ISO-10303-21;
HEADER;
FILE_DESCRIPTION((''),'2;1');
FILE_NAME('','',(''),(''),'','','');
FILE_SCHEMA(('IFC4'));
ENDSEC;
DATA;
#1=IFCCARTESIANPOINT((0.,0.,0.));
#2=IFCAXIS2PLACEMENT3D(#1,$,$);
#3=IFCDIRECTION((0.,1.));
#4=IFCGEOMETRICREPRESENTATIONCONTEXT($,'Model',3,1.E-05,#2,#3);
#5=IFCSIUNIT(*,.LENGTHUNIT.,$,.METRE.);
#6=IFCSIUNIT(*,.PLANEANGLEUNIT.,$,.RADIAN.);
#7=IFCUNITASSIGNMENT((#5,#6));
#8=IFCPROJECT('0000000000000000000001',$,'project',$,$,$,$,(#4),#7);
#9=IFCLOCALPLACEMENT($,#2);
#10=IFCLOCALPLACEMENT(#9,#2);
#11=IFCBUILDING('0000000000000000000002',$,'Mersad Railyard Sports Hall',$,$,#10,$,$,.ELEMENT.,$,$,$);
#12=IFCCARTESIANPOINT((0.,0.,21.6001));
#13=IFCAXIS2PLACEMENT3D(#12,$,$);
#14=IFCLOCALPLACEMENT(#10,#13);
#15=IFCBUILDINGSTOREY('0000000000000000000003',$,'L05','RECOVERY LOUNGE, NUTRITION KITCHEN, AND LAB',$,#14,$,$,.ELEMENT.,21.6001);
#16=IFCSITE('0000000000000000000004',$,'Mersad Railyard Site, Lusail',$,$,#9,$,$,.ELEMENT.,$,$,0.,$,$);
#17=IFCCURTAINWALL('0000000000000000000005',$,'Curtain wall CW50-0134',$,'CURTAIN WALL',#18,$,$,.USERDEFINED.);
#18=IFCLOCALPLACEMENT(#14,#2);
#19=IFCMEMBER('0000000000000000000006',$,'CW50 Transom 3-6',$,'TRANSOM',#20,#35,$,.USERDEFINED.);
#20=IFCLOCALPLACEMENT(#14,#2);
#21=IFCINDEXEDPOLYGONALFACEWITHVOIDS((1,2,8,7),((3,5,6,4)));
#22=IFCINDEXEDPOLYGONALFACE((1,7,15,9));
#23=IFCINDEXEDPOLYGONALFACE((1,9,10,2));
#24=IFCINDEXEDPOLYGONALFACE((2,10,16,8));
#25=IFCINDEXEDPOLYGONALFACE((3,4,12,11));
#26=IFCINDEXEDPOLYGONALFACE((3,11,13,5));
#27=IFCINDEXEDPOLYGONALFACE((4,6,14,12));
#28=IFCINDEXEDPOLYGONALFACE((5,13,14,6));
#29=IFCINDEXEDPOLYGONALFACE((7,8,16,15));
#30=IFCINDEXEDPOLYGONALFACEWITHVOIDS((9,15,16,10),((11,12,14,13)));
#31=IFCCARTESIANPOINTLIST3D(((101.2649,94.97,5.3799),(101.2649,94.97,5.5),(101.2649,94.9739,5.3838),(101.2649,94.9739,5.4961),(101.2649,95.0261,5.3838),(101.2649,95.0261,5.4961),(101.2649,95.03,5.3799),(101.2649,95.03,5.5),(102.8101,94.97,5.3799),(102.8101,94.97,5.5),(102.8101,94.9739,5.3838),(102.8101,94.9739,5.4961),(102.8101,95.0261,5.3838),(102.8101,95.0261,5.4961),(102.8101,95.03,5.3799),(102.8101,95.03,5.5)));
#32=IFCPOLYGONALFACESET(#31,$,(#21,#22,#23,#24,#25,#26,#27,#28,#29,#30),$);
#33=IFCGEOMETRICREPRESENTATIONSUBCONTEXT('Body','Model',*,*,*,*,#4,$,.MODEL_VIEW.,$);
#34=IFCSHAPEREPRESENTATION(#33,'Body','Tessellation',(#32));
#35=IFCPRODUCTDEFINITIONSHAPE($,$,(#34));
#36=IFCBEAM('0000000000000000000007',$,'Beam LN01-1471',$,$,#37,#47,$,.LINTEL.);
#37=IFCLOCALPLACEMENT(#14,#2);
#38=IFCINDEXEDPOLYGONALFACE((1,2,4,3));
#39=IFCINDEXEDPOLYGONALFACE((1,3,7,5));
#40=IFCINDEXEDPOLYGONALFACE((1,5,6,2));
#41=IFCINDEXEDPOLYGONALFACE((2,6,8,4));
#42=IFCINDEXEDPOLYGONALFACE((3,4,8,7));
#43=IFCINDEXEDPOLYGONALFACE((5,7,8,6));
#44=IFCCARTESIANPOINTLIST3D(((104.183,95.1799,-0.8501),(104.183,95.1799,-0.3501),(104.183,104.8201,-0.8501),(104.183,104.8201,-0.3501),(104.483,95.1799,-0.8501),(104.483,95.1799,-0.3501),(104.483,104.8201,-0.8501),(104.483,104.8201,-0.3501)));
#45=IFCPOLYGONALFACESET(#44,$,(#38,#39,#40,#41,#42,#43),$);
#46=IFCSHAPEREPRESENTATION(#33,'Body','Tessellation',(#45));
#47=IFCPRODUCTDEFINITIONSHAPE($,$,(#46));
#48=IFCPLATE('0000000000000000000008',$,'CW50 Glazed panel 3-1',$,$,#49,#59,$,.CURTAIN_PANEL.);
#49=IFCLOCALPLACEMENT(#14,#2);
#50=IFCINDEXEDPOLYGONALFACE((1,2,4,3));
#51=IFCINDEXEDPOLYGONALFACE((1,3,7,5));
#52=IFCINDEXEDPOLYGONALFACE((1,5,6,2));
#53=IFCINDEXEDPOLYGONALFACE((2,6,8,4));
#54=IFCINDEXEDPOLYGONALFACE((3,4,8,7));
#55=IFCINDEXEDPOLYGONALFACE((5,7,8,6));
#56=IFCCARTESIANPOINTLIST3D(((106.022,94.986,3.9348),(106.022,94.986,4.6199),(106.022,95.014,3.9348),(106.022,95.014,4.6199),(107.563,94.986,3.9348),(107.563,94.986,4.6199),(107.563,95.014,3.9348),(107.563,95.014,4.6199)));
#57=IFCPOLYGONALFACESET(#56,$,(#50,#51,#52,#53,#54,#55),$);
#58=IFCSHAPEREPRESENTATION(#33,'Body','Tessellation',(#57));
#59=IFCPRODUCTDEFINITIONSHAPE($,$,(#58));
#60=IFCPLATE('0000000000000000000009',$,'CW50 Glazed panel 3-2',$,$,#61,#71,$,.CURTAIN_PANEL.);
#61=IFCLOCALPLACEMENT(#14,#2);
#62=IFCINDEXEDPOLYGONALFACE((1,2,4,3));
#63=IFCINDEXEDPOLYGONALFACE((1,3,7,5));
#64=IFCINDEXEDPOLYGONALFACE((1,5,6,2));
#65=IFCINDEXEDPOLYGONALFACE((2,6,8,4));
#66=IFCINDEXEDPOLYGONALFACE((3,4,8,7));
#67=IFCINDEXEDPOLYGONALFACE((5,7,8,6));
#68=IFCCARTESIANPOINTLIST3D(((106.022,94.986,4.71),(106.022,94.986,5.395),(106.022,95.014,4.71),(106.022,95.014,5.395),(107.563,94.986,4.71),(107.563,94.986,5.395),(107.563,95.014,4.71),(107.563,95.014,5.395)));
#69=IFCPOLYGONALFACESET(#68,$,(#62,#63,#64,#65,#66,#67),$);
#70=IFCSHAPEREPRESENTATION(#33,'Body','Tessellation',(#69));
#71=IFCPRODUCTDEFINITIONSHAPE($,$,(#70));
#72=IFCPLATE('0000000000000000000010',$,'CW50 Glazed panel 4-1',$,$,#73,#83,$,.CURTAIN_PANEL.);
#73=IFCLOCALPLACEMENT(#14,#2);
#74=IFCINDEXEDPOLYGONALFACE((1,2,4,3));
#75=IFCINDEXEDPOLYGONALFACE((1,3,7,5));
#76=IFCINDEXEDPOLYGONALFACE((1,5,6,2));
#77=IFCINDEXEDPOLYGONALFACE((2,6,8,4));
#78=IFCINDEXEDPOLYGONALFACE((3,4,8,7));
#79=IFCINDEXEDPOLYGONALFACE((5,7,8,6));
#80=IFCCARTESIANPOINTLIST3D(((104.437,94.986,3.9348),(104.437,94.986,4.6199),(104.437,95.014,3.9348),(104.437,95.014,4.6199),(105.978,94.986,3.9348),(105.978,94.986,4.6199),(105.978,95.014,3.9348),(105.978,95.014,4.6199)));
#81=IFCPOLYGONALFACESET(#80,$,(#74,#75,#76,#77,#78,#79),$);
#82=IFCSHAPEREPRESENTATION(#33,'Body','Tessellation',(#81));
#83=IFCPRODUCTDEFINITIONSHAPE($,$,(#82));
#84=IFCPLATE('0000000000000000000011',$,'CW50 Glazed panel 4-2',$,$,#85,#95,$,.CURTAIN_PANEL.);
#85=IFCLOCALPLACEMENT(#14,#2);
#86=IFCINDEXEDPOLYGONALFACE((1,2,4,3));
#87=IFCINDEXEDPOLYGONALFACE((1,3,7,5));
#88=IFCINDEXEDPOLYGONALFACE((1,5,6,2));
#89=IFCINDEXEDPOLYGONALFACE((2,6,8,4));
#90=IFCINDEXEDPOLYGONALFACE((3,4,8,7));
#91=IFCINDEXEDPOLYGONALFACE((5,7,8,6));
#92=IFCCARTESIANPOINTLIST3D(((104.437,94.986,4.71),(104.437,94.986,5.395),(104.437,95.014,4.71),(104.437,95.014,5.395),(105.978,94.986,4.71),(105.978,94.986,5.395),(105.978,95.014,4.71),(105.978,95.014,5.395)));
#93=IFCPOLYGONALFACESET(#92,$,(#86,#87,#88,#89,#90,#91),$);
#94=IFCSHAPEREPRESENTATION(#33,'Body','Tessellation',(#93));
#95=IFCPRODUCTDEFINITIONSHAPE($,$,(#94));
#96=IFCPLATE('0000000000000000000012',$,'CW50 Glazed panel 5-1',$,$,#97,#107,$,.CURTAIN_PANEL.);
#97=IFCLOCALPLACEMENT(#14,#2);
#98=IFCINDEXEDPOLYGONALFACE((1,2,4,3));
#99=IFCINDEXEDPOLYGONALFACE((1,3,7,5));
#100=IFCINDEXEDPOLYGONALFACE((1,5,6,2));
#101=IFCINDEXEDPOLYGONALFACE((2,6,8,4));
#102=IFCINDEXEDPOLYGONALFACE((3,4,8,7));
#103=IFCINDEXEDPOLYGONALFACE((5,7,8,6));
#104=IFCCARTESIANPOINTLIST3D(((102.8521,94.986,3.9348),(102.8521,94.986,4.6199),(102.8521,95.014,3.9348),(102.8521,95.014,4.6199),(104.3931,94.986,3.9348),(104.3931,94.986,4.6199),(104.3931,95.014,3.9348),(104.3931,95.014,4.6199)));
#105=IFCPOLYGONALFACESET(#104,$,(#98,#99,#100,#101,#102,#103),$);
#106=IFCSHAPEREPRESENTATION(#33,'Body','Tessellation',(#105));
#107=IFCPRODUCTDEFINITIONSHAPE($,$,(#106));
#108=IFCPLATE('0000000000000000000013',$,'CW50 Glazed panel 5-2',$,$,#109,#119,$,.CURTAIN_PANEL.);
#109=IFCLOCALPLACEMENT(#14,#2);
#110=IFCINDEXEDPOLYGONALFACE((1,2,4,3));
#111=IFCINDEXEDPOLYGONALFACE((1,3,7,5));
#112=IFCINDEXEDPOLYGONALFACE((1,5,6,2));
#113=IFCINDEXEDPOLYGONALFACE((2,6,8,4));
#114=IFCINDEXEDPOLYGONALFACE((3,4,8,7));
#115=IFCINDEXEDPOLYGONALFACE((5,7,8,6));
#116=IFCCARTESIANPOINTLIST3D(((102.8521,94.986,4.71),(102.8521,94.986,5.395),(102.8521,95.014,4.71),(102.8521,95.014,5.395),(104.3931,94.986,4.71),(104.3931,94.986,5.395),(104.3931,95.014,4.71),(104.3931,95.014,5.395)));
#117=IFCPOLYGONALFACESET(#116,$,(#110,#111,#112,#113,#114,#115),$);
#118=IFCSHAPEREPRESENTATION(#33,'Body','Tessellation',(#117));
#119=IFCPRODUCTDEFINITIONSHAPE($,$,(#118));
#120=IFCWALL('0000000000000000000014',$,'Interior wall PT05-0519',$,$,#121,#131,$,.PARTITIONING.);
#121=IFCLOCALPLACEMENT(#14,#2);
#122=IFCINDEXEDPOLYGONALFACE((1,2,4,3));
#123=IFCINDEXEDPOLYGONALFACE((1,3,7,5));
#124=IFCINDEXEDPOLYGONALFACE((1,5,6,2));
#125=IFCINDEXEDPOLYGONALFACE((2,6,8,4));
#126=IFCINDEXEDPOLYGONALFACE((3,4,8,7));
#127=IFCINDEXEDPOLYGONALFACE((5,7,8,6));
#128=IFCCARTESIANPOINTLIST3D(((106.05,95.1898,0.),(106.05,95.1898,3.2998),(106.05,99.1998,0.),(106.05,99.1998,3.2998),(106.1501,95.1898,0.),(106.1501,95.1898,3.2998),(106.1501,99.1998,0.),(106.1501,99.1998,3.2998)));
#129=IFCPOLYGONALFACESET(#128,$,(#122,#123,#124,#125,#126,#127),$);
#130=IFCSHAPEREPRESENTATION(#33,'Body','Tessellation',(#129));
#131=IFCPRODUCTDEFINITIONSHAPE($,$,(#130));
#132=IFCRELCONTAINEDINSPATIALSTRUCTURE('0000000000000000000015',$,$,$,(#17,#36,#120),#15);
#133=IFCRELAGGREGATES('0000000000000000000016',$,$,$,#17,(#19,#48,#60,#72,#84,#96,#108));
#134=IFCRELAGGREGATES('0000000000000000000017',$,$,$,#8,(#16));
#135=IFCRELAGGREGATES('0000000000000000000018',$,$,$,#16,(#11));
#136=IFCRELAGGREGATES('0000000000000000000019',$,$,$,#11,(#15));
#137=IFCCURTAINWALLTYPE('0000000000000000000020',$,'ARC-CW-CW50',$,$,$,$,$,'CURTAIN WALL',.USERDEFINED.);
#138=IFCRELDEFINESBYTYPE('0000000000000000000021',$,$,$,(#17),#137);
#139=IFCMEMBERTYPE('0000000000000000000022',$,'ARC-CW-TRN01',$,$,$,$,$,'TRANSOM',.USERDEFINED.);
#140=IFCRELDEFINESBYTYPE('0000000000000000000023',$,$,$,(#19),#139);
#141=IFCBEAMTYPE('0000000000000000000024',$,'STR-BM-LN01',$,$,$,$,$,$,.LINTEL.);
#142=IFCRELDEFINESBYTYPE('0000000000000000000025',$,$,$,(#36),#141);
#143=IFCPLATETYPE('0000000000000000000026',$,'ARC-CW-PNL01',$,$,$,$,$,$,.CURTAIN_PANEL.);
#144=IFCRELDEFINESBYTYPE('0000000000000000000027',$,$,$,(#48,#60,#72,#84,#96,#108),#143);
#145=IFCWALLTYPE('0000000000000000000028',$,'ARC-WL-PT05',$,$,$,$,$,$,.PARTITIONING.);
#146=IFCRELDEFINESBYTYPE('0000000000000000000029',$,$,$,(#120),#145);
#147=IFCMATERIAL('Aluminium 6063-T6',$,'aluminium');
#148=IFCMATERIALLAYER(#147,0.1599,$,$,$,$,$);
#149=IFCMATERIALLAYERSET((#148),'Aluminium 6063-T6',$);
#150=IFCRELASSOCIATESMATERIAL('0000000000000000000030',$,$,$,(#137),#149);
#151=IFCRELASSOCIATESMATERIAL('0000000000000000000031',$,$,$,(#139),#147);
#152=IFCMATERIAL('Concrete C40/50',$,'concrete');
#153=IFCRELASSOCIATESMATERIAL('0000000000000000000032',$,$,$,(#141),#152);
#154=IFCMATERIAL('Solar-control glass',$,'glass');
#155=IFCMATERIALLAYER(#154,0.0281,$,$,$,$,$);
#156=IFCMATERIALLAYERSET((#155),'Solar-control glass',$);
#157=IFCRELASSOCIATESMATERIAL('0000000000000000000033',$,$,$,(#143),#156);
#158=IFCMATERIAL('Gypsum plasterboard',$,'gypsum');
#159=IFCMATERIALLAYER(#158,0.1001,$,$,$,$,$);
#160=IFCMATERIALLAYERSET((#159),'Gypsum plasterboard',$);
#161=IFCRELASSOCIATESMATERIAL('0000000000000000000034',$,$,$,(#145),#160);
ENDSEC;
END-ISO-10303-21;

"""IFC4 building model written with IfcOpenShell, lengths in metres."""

from ifc_helpers import new_model, si_unit, direction, frame, frame_2d, origin, origin_2d, place, context, subcontext, project, spatial, rectangle, hollow_rectangle, extrude, material, layer, layer_set, material_profile, profile_set, type_object, element, aggregate, save


model = new_model("IFC4")

# Units and contexts
model_context = context("Model", 3, precision=1e-05, world=origin(), true_north=direction((0.0, 1.0)))
body_context = subcontext(model_context, "Body", "Model", "MODEL_VIEW")
ifc_project = project(units=[si_unit("LENGTHUNIT", "METRE"), si_unit("PLANEANGLEUNIT", "RADIAN")], contexts=[model_context])

# Site, building, storey
site_placement = place(None, origin())
site = spatial("IfcSite", under=ifc_project, at=site_placement, Name="Mersad Railyard Site, Lusail", CompositionType="ELEMENT", RefElevation=0.0)
building_placement = place(site_placement, origin())
building = spatial("IfcBuilding", under=site, at=building_placement, Name="Mersad Railyard Sports Hall", CompositionType="ELEMENT")
storey_placement = place(building_placement, frame((0.0, 0.0, 21.6001)))
storey = spatial("IfcBuildingStorey", under=building, at=storey_placement, Name="L05", Description="RECOVERY LOUNGE, NUTRITION KITCHEN, AND LAB", CompositionType="ELEMENT", Elevation=21.6001)

# Curtain wall, member
ifc_material_1 = material(Name="Aluminium 6063-T6", Category="aluminium")
ifc_layer_1 = layer(ifc_material_1, 0.1599)
ifc_layer_set_1 = layer_set([ifc_layer_1], Name="Aluminium 6063-T6")
curtain_wall_type = type_object("IfcCurtainWallType", Name="ARC-CW-CW50", ElementType="CURTAIN WALL", PredefinedType="USERDEFINED", material=ifc_layer_set_1)
curtain_wall_placement = place(storey_placement, origin())
curtain_wall = element("IfcCurtainWall", 1, at=curtain_wall_placement, inside=storey, type_object=curtain_wall_type, Name="Curtain wall CW50-0134", ObjectType="CURTAIN WALL", PredefinedType="USERDEFINED")
ifc_material_profile_1 = material_profile(ifc_material_1, hollow_rectangle(XDim=0.0601, YDim=0.1201, WallThickness=0.0039, at=origin_2d()), Name="AL TRANSOM 60x120x4")
ifc_profile_set_1 = profile_set([ifc_material_profile_1], Name="Aluminium 6063-T6")
member_type_1 = type_object("IfcMemberType", Name="ARC-CW-TRN01", ElementType="TRANSOM", PredefinedType="USERDEFINED", material=ifc_profile_set_1)
member_1_placement = place(storey_placement, frame((102.8101, 95.0, 5.4399), z_axis=(-1.0, 0.0, 0.0), x_axis=(0.0, -1.0, 0.0)))
member_1 = element("IfcMember", 2, at=member_1_placement, type_object=member_type_1, Name="CW50 Transom 3-6", ObjectType="TRANSOM", PredefinedType="USERDEFINED", context=body_context, shape_type="SweptSolid", body=[
    extrude(hollow_rectangle(XDim=0.0601, YDim=0.1201, WallThickness=0.0039, at=origin_2d()), origin(), (0.0, 0.0, 1.0), 1.5452),
])

# Beam
ifc_material_2 = material(Name="Concrete C40/50", Category="concrete")
ifc_material_profile_2 = material_profile(ifc_material_2, rectangle(XDim=0.3, YDim=0.5, at=origin_2d()), Name="RC 300x500")
ifc_profile_set_2 = profile_set([ifc_material_profile_2], Name="Concrete C40/50")
beam_type = type_object("IfcBeamType", Name="STR-BM-LN01", PredefinedType="LINTEL", material=ifc_profile_set_2)
beam_placement = place(storey_placement, frame((104.333, 95.1799, -0.6001), z_axis=(0.0, 1.0, 0.0), x_axis=(-1.0, 0.0, 0.0)))
element("IfcBeam", 3, at=beam_placement, inside=storey, type_object=beam_type, Name="Beam LN01-1471", PredefinedType="LINTEL", context=body_context, shape_type="SweptSolid", body=[
    extrude(rectangle(XDim=0.3, YDim=0.5, at=origin_2d()), origin(), (0.0, 0.0, 1.0), 9.6401),
])

# Plates
ifc_material_3 = material(Name="Solar-control glass", Category="glass")
ifc_layer_2 = layer(ifc_material_3, 0.0281)
ifc_layer_set_2 = layer_set([ifc_layer_2], Name="Solar-control glass")
plate_type = type_object("IfcPlateType", Name="ARC-CW-PNL01", PredefinedType="CURTAIN_PANEL", material=ifc_layer_set_2)
plate_1_placement = place(storey_placement, frame((106.7925, 95.0, 3.9348), z_axis=(0.0, 0.0, 1.0), x_axis=(-1.0, 0.0, 0.0)))
plate_1 = element("IfcPlate", 4, at=plate_1_placement, type_object=plate_type, Name="CW50 Glazed panel 3-1", PredefinedType="CURTAIN_PANEL", context=body_context, shape_type="SweptSolid", body=[
    extrude(rectangle(XDim=1.541, YDim=0.0281, at=origin_2d()), origin(), (0.0, 0.0, 1.0), 0.6851),
])
plate_2_placement = place(storey_placement, frame((106.7925, 95.0, 4.71), z_axis=(0.0, 0.0, 1.0), x_axis=(-1.0, 0.0, 0.0)))
plate_2 = element("IfcPlate", 5, at=plate_2_placement, type_object=plate_type, Name="CW50 Glazed panel 3-2", PredefinedType="CURTAIN_PANEL", context=body_context, shape_type="SweptSolid", body=[
    extrude(rectangle(XDim=1.541, YDim=0.0281, at=origin_2d()), origin(), (0.0, 0.0, 1.0), 0.6851),
])
plate_3_placement = place(storey_placement, frame((105.2075, 95.0, 3.9348), z_axis=(0.0, 0.0, 1.0), x_axis=(-1.0, 0.0, 0.0)))
plate_3 = element("IfcPlate", 6, at=plate_3_placement, type_object=plate_type, Name="CW50 Glazed panel 4-1", PredefinedType="CURTAIN_PANEL", context=body_context, shape_type="SweptSolid", body=[
    extrude(rectangle(XDim=1.541, YDim=0.0281, at=origin_2d()), origin(), (0.0, 0.0, 1.0), 0.6851),
])
plate_4_placement = place(storey_placement, frame((105.2075, 95.0, 4.71), z_axis=(0.0, 0.0, 1.0), x_axis=(-1.0, 0.0, 0.0)))
plate_4 = element("IfcPlate", 7, at=plate_4_placement, type_object=plate_type, Name="CW50 Glazed panel 4-2", PredefinedType="CURTAIN_PANEL", context=body_context, shape_type="SweptSolid", body=[
    extrude(rectangle(XDim=1.541, YDim=0.0281, at=origin_2d()), origin(), (0.0, 0.0, 1.0), 0.6851),
])
plate_5_placement = place(storey_placement, frame((103.6226, 95.0, 3.9348), z_axis=(0.0, 0.0, 1.0), x_axis=(-1.0, 0.0, 0.0)))
plate_5 = element("IfcPlate", 8, at=plate_5_placement, type_object=plate_type, Name="CW50 Glazed panel 5-1", PredefinedType="CURTAIN_PANEL", context=body_context, shape_type="SweptSolid", body=[
    extrude(rectangle(XDim=1.541, YDim=0.0281, at=origin_2d()), origin(), (0.0, 0.0, 1.0), 0.6851),
])
plate_6_placement = place(storey_placement, frame((103.6226, 95.0, 4.71), z_axis=(0.0, 0.0, 1.0), x_axis=(-1.0, 0.0, 0.0)))
plate_6 = element("IfcPlate", 9, at=plate_6_placement, type_object=plate_type, Name="CW50 Glazed panel 5-2", PredefinedType="CURTAIN_PANEL", context=body_context, shape_type="SweptSolid", body=[
    extrude(rectangle(XDim=1.541, YDim=0.0281, at=origin_2d()), origin(), (0.0, 0.0, 1.0), 0.6851),
])
aggregate(curtain_wall, [member_1, plate_1, plate_2, plate_3, plate_4, plate_5, plate_6])

# Wall
ifc_material_4 = material(Name="Gypsum plasterboard", Category="gypsum")
ifc_layer_3 = layer(ifc_material_4, 0.1001)
ifc_layer_set_3 = layer_set([ifc_layer_3], Name="Gypsum plasterboard")
wall_type = type_object("IfcWallType", Name="ARC-WL-PT05", PredefinedType="PARTITIONING", material=ifc_layer_set_3)
wall_placement = place(storey_placement, frame((106.1001, 95.1899, 0.0), z_axis=(0.0, 0.0, 1.0), x_axis=(0.0, 1.0, 0.0)))
element("IfcWall", 10, at=wall_placement, inside=storey, type_object=wall_type, Name="Interior wall PT05-0519", PredefinedType="PARTITIONING", context=body_context, shape_type="SweptSolid", body=[
    extrude(rectangle(XDim=4.01, YDim=0.1001, at=frame_2d((2.0049, 0.0))), origin(), (0.0, 0.0, 1.0), 3.2998),
])

save(model, "model.ifc")
